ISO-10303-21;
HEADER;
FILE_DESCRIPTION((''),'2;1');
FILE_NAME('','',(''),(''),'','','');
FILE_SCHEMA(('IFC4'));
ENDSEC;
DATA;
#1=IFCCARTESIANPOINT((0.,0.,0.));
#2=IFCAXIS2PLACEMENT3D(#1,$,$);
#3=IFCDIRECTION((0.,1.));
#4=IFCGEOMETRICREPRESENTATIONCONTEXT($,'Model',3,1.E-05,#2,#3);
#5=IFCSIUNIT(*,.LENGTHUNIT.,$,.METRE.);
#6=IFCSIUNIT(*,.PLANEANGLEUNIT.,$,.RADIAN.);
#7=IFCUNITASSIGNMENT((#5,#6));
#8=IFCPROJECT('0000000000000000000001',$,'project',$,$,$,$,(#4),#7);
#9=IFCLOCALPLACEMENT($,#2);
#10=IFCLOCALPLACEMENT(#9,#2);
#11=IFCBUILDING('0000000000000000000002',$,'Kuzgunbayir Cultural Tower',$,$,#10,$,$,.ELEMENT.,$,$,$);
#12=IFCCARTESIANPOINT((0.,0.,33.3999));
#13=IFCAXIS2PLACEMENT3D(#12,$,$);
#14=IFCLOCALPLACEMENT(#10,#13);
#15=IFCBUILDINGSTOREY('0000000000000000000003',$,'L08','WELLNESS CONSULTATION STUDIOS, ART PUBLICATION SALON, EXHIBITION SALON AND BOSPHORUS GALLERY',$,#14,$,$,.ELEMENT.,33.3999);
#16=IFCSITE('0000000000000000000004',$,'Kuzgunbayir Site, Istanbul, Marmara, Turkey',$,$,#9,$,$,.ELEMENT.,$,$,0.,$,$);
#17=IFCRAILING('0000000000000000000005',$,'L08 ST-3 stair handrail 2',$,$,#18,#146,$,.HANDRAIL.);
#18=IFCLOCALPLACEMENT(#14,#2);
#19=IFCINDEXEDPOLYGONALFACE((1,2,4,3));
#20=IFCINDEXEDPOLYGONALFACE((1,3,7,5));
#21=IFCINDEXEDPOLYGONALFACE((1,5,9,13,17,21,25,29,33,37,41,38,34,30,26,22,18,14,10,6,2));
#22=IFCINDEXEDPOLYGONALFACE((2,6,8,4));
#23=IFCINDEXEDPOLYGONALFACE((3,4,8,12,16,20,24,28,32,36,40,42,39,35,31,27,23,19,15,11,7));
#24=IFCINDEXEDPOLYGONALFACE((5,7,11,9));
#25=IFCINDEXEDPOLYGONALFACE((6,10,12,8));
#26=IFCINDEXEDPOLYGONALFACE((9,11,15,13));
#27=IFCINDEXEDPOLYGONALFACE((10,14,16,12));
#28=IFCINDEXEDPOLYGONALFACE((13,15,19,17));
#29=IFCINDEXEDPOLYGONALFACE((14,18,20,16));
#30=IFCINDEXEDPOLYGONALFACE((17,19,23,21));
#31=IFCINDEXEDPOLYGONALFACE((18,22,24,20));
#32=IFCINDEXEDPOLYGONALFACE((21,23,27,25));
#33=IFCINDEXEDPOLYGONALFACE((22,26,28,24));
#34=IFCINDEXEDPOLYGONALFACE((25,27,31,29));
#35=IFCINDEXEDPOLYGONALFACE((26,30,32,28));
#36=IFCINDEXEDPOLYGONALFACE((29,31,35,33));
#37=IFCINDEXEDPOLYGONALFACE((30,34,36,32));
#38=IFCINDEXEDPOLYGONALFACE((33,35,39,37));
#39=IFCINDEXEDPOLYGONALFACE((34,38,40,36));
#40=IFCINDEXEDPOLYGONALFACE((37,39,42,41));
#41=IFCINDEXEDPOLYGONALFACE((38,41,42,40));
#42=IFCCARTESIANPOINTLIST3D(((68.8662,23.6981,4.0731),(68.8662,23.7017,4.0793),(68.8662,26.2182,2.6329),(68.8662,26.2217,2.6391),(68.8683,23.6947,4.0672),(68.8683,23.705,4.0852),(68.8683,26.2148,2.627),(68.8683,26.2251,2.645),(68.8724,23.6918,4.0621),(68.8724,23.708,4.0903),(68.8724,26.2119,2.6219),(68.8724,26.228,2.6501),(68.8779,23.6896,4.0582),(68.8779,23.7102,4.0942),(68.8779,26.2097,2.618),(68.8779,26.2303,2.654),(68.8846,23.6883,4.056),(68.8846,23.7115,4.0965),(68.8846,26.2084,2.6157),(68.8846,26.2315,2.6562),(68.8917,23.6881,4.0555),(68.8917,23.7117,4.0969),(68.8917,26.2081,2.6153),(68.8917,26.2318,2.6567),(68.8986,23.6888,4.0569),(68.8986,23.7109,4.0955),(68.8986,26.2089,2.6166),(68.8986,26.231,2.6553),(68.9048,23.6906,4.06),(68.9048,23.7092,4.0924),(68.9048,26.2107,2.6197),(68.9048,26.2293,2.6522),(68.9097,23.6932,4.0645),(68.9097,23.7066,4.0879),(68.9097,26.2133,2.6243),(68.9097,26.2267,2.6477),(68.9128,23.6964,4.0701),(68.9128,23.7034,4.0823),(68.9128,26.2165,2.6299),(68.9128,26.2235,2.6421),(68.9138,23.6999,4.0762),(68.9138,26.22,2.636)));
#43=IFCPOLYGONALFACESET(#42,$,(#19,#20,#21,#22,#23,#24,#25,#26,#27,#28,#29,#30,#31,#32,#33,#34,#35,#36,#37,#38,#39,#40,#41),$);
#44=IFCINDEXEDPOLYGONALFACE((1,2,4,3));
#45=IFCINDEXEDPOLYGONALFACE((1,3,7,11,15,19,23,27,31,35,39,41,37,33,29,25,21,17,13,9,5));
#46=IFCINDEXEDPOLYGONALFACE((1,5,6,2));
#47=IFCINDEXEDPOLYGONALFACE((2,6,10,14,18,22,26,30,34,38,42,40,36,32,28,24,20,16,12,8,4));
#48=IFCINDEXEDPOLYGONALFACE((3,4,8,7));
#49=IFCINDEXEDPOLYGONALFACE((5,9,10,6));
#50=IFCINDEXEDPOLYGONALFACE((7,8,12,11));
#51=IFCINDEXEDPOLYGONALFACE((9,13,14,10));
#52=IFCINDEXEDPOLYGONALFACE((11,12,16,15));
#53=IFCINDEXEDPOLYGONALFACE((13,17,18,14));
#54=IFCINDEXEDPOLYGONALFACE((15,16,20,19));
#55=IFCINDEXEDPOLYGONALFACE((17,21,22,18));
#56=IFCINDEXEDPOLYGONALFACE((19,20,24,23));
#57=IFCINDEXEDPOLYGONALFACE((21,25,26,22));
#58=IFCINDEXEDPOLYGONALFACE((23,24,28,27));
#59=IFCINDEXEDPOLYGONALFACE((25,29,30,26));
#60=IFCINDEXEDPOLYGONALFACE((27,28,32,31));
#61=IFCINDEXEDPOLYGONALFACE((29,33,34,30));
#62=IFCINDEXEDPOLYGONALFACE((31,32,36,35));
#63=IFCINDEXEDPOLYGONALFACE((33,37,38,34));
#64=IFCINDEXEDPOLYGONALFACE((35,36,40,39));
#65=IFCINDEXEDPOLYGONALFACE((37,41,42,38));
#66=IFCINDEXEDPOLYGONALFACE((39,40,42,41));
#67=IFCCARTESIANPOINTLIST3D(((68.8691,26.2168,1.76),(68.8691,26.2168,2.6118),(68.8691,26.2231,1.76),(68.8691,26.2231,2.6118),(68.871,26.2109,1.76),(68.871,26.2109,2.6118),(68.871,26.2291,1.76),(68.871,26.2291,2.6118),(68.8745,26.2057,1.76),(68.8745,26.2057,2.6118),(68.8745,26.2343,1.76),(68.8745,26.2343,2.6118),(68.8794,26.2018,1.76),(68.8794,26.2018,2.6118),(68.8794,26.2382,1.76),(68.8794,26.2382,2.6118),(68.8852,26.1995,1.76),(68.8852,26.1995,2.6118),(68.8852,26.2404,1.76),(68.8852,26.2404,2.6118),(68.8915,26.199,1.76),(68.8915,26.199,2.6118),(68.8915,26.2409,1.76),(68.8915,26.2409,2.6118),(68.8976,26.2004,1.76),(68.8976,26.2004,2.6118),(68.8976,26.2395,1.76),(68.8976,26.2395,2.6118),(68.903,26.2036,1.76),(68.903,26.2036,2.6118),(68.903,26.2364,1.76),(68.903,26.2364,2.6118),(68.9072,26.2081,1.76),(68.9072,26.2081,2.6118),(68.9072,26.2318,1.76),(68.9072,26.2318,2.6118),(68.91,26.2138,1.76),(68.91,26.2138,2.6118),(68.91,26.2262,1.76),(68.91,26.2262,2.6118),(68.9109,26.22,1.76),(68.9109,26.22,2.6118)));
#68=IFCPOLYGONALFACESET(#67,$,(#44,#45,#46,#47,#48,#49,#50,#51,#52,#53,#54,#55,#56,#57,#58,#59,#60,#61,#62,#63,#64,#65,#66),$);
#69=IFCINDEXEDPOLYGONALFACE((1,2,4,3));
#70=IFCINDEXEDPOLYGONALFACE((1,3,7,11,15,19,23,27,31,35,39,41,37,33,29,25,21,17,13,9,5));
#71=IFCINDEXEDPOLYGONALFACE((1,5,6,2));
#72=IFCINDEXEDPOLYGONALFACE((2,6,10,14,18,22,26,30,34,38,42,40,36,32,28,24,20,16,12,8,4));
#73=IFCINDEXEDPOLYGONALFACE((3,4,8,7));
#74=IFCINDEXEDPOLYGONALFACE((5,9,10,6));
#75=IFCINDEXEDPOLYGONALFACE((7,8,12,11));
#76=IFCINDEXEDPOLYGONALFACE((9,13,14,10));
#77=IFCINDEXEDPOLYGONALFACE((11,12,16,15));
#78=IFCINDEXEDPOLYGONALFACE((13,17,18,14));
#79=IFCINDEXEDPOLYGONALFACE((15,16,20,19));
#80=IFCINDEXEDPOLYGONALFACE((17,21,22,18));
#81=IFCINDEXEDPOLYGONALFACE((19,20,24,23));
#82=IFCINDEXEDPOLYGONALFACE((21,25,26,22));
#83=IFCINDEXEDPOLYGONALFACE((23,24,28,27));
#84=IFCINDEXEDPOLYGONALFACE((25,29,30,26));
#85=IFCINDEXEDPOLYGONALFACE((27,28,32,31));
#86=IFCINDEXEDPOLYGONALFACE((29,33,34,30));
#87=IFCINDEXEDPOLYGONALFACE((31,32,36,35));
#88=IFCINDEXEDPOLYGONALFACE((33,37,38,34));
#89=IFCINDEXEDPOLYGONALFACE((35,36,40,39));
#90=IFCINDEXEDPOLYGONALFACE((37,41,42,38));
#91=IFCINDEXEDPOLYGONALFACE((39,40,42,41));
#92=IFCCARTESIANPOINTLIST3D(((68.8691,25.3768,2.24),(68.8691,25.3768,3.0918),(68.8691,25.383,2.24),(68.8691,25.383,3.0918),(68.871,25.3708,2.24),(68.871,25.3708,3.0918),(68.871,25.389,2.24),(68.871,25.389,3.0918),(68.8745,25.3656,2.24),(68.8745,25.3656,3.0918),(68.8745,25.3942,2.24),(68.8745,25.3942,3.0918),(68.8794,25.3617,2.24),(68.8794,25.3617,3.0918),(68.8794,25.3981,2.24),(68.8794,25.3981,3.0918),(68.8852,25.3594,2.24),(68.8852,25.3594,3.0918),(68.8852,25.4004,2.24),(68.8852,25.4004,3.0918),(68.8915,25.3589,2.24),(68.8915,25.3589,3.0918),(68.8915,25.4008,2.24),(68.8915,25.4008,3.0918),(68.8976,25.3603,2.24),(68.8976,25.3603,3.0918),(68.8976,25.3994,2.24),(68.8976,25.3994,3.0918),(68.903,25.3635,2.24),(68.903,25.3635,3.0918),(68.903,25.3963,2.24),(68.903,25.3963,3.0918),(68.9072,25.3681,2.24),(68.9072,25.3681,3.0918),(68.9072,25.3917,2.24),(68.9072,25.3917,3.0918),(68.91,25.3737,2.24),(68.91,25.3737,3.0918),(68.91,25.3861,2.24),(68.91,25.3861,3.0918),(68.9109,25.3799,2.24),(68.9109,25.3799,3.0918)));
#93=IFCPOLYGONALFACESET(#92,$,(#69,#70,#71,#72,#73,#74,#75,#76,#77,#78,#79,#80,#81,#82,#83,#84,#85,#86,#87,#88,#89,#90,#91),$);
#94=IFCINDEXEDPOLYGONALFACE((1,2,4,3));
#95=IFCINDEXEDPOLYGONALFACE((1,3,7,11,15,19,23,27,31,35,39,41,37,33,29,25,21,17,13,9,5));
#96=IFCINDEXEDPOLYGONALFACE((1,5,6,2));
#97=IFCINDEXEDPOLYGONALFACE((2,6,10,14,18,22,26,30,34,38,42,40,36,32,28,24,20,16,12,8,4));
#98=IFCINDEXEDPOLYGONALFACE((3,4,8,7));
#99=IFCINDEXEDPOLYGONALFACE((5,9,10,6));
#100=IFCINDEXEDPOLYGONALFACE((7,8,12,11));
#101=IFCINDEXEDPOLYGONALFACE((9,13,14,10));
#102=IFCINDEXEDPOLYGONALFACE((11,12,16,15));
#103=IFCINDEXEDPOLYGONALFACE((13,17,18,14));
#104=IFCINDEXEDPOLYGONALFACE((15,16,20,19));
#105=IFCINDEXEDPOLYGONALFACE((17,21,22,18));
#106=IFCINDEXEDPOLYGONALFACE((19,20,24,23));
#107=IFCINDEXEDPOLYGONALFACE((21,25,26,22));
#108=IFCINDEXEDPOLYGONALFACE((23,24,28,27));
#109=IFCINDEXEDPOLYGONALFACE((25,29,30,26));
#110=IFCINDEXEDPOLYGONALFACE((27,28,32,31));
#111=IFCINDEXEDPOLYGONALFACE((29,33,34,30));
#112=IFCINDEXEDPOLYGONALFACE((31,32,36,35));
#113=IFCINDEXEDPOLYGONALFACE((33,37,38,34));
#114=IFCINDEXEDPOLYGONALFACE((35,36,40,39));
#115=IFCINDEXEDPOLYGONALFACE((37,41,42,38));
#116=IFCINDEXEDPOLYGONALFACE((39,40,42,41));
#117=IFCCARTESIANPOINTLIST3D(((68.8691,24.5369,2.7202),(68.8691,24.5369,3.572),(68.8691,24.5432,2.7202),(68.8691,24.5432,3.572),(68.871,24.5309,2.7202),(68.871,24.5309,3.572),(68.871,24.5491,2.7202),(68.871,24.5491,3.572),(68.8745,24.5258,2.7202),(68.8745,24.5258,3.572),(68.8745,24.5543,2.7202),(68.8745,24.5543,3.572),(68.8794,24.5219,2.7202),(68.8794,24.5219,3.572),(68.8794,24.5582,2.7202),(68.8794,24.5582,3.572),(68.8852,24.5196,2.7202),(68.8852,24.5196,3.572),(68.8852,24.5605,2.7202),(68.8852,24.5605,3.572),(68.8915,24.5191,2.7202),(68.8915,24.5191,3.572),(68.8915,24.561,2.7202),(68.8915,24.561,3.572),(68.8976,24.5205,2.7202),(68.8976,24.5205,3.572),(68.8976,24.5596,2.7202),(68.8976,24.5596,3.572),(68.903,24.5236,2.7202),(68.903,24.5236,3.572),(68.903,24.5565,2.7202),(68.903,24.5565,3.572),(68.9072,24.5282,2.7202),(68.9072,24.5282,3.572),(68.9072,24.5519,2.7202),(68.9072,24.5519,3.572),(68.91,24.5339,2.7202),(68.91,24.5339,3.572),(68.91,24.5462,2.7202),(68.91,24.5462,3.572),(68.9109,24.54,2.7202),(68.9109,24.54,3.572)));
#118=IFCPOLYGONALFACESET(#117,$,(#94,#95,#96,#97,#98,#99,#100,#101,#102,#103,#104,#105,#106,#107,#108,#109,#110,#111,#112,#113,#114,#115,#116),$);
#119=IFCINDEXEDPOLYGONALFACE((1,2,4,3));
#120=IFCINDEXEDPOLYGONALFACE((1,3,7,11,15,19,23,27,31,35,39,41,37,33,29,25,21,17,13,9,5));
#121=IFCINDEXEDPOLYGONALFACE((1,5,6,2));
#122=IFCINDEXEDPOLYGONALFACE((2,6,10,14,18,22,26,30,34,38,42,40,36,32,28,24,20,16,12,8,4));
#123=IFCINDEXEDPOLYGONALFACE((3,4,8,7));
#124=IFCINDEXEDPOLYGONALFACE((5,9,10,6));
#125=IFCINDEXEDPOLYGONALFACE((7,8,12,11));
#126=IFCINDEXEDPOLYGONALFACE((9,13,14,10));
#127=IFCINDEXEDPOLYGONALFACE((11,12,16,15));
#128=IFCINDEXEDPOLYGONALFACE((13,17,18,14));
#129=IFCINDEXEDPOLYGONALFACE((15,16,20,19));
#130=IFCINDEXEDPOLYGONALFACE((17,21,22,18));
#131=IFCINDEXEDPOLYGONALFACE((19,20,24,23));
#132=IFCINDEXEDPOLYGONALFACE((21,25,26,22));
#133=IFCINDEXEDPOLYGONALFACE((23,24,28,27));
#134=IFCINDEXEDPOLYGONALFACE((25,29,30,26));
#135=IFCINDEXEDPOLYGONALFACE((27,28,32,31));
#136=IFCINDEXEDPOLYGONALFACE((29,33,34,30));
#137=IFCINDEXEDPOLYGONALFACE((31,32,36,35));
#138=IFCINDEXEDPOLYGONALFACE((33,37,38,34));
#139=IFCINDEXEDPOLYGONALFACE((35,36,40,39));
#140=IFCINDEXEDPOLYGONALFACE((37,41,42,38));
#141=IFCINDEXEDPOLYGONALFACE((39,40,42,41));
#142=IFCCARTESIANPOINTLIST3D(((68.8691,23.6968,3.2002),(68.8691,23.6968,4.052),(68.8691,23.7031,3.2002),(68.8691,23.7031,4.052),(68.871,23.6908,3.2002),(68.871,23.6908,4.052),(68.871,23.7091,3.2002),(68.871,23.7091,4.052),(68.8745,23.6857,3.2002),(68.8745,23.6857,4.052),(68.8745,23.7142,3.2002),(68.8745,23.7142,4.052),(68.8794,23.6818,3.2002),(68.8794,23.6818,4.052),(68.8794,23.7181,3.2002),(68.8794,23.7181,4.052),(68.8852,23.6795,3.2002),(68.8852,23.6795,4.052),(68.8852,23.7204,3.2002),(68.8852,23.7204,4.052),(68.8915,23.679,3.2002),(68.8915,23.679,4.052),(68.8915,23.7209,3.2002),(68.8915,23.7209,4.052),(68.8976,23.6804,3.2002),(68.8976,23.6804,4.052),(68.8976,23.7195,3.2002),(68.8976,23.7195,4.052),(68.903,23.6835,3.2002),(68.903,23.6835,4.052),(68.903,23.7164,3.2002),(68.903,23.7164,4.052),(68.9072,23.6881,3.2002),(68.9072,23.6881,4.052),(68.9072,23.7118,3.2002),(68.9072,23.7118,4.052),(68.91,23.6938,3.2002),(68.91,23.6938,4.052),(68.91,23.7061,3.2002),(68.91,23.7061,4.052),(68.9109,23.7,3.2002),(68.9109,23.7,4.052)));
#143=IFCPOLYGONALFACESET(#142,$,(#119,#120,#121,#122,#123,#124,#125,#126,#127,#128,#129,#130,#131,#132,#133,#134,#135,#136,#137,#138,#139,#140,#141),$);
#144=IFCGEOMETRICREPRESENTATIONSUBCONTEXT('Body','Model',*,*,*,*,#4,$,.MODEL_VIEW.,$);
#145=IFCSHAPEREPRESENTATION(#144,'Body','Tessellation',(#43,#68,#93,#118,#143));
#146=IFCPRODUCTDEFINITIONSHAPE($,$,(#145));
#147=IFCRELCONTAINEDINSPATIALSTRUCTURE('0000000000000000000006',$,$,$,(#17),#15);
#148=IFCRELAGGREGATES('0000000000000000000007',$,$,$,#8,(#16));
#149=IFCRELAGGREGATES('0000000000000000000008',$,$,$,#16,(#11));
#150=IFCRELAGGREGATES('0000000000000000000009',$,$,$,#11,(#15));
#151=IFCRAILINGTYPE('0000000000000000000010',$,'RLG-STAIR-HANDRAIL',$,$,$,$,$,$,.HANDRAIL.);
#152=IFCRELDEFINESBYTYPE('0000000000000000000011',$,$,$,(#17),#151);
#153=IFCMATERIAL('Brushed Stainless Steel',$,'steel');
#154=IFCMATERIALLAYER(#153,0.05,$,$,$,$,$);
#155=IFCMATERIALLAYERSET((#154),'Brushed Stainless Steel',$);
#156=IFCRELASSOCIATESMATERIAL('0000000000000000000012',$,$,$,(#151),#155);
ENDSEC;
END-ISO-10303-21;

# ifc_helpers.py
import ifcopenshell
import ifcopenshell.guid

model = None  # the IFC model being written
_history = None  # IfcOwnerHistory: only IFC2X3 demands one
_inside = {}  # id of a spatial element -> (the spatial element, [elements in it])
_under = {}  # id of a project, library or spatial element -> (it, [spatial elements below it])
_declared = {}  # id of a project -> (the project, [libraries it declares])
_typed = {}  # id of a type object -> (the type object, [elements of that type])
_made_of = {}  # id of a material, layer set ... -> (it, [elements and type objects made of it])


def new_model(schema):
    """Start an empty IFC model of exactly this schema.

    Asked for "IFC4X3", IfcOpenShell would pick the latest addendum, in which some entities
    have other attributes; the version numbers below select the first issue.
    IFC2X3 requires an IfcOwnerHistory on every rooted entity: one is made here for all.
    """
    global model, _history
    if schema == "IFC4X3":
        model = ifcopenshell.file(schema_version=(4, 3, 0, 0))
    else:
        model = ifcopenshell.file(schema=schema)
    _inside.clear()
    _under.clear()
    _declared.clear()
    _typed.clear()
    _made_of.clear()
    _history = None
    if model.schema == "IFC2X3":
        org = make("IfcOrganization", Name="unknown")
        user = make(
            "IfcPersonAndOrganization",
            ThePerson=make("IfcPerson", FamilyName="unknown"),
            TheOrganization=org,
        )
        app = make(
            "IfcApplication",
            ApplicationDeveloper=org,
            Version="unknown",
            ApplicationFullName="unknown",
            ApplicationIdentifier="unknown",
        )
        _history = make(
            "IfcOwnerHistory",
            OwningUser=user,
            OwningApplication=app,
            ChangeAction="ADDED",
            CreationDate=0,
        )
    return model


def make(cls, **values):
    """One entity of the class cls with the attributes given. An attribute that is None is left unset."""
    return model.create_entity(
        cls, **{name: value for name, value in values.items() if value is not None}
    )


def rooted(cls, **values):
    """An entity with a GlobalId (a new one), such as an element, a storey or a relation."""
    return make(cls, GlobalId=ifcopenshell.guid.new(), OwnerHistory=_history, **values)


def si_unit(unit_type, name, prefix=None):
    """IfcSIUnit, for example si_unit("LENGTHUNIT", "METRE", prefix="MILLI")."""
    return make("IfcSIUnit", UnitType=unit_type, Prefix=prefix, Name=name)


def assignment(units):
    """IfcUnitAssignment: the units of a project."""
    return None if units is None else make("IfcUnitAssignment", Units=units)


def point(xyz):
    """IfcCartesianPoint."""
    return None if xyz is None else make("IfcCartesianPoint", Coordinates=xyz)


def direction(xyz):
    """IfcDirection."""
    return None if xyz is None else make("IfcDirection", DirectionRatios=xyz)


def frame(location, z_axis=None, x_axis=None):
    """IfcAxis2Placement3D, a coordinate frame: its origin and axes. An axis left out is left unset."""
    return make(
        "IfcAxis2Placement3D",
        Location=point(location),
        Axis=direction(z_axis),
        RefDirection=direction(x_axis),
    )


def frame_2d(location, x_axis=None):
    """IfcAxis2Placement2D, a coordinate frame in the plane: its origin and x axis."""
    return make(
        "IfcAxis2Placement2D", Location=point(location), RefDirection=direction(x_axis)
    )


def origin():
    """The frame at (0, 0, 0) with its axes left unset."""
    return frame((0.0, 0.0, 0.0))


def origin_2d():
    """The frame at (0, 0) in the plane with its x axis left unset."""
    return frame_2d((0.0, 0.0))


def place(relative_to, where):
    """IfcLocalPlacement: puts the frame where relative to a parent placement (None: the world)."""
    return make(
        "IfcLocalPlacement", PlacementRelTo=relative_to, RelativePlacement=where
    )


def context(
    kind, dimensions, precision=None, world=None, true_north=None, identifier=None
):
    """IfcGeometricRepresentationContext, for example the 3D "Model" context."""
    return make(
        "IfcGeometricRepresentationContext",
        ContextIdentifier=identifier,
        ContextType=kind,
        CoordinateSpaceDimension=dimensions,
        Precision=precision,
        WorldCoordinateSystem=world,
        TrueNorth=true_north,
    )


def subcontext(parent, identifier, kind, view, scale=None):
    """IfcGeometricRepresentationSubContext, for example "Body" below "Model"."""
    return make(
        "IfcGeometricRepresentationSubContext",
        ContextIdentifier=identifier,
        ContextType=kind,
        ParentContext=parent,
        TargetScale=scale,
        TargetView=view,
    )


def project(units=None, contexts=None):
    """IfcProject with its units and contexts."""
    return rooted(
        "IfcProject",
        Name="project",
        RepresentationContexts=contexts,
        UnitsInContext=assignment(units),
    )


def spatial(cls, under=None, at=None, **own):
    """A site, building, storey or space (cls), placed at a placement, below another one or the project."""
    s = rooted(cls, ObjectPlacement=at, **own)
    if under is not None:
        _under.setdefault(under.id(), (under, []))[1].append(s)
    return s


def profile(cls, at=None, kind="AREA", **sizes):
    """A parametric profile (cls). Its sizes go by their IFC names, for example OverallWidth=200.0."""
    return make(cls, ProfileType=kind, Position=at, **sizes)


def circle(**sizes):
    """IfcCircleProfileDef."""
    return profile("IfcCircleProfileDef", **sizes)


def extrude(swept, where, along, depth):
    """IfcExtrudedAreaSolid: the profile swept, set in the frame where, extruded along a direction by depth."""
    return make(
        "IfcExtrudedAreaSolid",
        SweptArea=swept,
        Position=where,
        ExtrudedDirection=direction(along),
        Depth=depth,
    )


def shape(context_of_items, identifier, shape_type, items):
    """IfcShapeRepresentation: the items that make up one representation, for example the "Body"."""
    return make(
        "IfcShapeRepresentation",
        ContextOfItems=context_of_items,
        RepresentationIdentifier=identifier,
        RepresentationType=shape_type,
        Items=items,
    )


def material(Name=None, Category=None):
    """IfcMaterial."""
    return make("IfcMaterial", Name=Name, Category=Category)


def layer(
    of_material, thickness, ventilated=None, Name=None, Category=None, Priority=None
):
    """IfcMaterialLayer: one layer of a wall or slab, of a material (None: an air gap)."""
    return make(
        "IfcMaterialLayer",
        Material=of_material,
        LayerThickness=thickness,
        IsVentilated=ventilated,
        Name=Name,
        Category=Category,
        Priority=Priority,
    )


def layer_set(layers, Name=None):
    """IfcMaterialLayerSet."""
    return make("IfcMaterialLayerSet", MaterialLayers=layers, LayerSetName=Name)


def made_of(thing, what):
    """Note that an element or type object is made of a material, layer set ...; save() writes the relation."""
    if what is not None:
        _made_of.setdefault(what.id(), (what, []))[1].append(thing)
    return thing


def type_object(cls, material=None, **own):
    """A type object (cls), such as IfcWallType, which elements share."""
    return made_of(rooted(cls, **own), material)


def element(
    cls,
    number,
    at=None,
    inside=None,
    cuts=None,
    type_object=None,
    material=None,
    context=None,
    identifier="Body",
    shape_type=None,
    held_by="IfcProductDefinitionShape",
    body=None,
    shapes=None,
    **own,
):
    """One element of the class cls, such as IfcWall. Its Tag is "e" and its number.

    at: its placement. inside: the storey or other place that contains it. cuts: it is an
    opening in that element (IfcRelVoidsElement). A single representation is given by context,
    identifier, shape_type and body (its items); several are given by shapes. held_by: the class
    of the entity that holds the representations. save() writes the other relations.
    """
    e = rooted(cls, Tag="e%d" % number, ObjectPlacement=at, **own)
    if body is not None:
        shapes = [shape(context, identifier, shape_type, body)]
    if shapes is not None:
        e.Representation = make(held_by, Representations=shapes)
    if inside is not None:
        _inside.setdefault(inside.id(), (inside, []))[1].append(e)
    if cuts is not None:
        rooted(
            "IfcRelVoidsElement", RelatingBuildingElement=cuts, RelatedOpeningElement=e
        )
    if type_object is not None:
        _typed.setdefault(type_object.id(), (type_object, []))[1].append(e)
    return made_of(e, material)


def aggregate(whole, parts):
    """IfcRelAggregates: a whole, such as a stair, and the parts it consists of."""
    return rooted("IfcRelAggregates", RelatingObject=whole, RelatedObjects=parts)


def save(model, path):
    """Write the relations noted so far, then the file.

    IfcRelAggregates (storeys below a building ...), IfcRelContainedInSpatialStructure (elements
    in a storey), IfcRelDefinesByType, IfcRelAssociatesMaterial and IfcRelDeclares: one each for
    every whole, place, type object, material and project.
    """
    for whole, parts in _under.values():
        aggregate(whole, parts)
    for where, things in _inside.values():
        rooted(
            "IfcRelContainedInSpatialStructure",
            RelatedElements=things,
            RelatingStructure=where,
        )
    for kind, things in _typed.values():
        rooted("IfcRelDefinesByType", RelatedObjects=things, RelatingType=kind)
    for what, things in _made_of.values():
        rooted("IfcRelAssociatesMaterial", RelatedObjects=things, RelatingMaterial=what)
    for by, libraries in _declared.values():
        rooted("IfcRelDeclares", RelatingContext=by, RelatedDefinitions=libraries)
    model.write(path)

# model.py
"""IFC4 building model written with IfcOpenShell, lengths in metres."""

from ifc_helpers import new_model, si_unit, direction, frame, origin, origin_2d, place, context, subcontext, project, spatial, circle, extrude, material, layer, layer_set, type_object, element, save


model = new_model("IFC4")

# Units and contexts
model_context = context("Model", 3, precision=1e-05, world=origin(), true_north=direction((0.0, 1.0)))
body_context = subcontext(model_context, "Body", "Model", "MODEL_VIEW")
ifc_project = project(units=[si_unit("LENGTHUNIT", "METRE"), si_unit("PLANEANGLEUNIT", "RADIAN")], contexts=[model_context])

# Site, building, storey
site_placement = place(None, origin())
site = spatial("IfcSite", under=ifc_project, at=site_placement, Name="Kuzgunbayir Site, Istanbul, Marmara, Turkey", CompositionType="ELEMENT", RefElevation=0.0)
building_placement = place(site_placement, origin())
building = spatial("IfcBuilding", under=site, at=building_placement, Name="Kuzgunbayir Cultural Tower", CompositionType="ELEMENT")
storey_placement = place(building_placement, frame((0.0, 0.0, 33.3999)))
storey = spatial("IfcBuildingStorey", under=building, at=storey_placement, Name="L08", Description="WELLNESS CONSULTATION STUDIOS, ART PUBLICATION SALON, EXHIBITION SALON AND BOSPHORUS GALLERY", CompositionType="ELEMENT", Elevation=33.3999)

# Railing
ifc_material_1 = material(Name="Brushed Stainless Steel", Category="steel")
ifc_layer_1 = layer(ifc_material_1, 0.05)
ifc_layer_set_1 = layer_set([ifc_layer_1], Name="Brushed Stainless Steel")
railing_type_1 = type_object("IfcRailingType", Name="RLG-STAIR-HANDRAIL", PredefinedType="HANDRAIL", material=ifc_layer_set_1)
railing_1_placement = place(storey_placement, frame((68.8899, 26.22, 1.76)))
element("IfcRailing", 1, at=railing_1_placement, inside=storey, type_object=railing_type_1, Name="L08 ST-3 stair handrail 2", PredefinedType="HANDRAIL", context=body_context, shape_type="SweptSolid", body=[
    extrude(circle(Radius=0.0239, at=origin_2d()), frame((0.0, 0.0, 0.876), z_axis=(0.0, -0.868217, 0.496184), x_axis=(1.0, 0.0, 0.0)), (0.0, 0.0, 1.0), 2.9026),
    extrude(circle(Radius=0.021, at=origin_2d()), origin(), (0.0, 0.0, 1.0), 0.8518),
    extrude(circle(Radius=0.021, at=origin_2d()), frame((0.0, -0.8401, 0.48)), (0.0, 0.0, 1.0), 0.8518),
    extrude(circle(Radius=0.021, at=origin_2d()), frame((0.0, -1.6799, 0.9602)), (0.0, 0.0, 1.0), 0.8518),
    extrude(circle(Radius=0.021, at=origin_2d()), frame((0.0, -2.52, 1.4402)), (0.0, 0.0, 1.0), 0.8518),
])

save(model, "model.ifc")
